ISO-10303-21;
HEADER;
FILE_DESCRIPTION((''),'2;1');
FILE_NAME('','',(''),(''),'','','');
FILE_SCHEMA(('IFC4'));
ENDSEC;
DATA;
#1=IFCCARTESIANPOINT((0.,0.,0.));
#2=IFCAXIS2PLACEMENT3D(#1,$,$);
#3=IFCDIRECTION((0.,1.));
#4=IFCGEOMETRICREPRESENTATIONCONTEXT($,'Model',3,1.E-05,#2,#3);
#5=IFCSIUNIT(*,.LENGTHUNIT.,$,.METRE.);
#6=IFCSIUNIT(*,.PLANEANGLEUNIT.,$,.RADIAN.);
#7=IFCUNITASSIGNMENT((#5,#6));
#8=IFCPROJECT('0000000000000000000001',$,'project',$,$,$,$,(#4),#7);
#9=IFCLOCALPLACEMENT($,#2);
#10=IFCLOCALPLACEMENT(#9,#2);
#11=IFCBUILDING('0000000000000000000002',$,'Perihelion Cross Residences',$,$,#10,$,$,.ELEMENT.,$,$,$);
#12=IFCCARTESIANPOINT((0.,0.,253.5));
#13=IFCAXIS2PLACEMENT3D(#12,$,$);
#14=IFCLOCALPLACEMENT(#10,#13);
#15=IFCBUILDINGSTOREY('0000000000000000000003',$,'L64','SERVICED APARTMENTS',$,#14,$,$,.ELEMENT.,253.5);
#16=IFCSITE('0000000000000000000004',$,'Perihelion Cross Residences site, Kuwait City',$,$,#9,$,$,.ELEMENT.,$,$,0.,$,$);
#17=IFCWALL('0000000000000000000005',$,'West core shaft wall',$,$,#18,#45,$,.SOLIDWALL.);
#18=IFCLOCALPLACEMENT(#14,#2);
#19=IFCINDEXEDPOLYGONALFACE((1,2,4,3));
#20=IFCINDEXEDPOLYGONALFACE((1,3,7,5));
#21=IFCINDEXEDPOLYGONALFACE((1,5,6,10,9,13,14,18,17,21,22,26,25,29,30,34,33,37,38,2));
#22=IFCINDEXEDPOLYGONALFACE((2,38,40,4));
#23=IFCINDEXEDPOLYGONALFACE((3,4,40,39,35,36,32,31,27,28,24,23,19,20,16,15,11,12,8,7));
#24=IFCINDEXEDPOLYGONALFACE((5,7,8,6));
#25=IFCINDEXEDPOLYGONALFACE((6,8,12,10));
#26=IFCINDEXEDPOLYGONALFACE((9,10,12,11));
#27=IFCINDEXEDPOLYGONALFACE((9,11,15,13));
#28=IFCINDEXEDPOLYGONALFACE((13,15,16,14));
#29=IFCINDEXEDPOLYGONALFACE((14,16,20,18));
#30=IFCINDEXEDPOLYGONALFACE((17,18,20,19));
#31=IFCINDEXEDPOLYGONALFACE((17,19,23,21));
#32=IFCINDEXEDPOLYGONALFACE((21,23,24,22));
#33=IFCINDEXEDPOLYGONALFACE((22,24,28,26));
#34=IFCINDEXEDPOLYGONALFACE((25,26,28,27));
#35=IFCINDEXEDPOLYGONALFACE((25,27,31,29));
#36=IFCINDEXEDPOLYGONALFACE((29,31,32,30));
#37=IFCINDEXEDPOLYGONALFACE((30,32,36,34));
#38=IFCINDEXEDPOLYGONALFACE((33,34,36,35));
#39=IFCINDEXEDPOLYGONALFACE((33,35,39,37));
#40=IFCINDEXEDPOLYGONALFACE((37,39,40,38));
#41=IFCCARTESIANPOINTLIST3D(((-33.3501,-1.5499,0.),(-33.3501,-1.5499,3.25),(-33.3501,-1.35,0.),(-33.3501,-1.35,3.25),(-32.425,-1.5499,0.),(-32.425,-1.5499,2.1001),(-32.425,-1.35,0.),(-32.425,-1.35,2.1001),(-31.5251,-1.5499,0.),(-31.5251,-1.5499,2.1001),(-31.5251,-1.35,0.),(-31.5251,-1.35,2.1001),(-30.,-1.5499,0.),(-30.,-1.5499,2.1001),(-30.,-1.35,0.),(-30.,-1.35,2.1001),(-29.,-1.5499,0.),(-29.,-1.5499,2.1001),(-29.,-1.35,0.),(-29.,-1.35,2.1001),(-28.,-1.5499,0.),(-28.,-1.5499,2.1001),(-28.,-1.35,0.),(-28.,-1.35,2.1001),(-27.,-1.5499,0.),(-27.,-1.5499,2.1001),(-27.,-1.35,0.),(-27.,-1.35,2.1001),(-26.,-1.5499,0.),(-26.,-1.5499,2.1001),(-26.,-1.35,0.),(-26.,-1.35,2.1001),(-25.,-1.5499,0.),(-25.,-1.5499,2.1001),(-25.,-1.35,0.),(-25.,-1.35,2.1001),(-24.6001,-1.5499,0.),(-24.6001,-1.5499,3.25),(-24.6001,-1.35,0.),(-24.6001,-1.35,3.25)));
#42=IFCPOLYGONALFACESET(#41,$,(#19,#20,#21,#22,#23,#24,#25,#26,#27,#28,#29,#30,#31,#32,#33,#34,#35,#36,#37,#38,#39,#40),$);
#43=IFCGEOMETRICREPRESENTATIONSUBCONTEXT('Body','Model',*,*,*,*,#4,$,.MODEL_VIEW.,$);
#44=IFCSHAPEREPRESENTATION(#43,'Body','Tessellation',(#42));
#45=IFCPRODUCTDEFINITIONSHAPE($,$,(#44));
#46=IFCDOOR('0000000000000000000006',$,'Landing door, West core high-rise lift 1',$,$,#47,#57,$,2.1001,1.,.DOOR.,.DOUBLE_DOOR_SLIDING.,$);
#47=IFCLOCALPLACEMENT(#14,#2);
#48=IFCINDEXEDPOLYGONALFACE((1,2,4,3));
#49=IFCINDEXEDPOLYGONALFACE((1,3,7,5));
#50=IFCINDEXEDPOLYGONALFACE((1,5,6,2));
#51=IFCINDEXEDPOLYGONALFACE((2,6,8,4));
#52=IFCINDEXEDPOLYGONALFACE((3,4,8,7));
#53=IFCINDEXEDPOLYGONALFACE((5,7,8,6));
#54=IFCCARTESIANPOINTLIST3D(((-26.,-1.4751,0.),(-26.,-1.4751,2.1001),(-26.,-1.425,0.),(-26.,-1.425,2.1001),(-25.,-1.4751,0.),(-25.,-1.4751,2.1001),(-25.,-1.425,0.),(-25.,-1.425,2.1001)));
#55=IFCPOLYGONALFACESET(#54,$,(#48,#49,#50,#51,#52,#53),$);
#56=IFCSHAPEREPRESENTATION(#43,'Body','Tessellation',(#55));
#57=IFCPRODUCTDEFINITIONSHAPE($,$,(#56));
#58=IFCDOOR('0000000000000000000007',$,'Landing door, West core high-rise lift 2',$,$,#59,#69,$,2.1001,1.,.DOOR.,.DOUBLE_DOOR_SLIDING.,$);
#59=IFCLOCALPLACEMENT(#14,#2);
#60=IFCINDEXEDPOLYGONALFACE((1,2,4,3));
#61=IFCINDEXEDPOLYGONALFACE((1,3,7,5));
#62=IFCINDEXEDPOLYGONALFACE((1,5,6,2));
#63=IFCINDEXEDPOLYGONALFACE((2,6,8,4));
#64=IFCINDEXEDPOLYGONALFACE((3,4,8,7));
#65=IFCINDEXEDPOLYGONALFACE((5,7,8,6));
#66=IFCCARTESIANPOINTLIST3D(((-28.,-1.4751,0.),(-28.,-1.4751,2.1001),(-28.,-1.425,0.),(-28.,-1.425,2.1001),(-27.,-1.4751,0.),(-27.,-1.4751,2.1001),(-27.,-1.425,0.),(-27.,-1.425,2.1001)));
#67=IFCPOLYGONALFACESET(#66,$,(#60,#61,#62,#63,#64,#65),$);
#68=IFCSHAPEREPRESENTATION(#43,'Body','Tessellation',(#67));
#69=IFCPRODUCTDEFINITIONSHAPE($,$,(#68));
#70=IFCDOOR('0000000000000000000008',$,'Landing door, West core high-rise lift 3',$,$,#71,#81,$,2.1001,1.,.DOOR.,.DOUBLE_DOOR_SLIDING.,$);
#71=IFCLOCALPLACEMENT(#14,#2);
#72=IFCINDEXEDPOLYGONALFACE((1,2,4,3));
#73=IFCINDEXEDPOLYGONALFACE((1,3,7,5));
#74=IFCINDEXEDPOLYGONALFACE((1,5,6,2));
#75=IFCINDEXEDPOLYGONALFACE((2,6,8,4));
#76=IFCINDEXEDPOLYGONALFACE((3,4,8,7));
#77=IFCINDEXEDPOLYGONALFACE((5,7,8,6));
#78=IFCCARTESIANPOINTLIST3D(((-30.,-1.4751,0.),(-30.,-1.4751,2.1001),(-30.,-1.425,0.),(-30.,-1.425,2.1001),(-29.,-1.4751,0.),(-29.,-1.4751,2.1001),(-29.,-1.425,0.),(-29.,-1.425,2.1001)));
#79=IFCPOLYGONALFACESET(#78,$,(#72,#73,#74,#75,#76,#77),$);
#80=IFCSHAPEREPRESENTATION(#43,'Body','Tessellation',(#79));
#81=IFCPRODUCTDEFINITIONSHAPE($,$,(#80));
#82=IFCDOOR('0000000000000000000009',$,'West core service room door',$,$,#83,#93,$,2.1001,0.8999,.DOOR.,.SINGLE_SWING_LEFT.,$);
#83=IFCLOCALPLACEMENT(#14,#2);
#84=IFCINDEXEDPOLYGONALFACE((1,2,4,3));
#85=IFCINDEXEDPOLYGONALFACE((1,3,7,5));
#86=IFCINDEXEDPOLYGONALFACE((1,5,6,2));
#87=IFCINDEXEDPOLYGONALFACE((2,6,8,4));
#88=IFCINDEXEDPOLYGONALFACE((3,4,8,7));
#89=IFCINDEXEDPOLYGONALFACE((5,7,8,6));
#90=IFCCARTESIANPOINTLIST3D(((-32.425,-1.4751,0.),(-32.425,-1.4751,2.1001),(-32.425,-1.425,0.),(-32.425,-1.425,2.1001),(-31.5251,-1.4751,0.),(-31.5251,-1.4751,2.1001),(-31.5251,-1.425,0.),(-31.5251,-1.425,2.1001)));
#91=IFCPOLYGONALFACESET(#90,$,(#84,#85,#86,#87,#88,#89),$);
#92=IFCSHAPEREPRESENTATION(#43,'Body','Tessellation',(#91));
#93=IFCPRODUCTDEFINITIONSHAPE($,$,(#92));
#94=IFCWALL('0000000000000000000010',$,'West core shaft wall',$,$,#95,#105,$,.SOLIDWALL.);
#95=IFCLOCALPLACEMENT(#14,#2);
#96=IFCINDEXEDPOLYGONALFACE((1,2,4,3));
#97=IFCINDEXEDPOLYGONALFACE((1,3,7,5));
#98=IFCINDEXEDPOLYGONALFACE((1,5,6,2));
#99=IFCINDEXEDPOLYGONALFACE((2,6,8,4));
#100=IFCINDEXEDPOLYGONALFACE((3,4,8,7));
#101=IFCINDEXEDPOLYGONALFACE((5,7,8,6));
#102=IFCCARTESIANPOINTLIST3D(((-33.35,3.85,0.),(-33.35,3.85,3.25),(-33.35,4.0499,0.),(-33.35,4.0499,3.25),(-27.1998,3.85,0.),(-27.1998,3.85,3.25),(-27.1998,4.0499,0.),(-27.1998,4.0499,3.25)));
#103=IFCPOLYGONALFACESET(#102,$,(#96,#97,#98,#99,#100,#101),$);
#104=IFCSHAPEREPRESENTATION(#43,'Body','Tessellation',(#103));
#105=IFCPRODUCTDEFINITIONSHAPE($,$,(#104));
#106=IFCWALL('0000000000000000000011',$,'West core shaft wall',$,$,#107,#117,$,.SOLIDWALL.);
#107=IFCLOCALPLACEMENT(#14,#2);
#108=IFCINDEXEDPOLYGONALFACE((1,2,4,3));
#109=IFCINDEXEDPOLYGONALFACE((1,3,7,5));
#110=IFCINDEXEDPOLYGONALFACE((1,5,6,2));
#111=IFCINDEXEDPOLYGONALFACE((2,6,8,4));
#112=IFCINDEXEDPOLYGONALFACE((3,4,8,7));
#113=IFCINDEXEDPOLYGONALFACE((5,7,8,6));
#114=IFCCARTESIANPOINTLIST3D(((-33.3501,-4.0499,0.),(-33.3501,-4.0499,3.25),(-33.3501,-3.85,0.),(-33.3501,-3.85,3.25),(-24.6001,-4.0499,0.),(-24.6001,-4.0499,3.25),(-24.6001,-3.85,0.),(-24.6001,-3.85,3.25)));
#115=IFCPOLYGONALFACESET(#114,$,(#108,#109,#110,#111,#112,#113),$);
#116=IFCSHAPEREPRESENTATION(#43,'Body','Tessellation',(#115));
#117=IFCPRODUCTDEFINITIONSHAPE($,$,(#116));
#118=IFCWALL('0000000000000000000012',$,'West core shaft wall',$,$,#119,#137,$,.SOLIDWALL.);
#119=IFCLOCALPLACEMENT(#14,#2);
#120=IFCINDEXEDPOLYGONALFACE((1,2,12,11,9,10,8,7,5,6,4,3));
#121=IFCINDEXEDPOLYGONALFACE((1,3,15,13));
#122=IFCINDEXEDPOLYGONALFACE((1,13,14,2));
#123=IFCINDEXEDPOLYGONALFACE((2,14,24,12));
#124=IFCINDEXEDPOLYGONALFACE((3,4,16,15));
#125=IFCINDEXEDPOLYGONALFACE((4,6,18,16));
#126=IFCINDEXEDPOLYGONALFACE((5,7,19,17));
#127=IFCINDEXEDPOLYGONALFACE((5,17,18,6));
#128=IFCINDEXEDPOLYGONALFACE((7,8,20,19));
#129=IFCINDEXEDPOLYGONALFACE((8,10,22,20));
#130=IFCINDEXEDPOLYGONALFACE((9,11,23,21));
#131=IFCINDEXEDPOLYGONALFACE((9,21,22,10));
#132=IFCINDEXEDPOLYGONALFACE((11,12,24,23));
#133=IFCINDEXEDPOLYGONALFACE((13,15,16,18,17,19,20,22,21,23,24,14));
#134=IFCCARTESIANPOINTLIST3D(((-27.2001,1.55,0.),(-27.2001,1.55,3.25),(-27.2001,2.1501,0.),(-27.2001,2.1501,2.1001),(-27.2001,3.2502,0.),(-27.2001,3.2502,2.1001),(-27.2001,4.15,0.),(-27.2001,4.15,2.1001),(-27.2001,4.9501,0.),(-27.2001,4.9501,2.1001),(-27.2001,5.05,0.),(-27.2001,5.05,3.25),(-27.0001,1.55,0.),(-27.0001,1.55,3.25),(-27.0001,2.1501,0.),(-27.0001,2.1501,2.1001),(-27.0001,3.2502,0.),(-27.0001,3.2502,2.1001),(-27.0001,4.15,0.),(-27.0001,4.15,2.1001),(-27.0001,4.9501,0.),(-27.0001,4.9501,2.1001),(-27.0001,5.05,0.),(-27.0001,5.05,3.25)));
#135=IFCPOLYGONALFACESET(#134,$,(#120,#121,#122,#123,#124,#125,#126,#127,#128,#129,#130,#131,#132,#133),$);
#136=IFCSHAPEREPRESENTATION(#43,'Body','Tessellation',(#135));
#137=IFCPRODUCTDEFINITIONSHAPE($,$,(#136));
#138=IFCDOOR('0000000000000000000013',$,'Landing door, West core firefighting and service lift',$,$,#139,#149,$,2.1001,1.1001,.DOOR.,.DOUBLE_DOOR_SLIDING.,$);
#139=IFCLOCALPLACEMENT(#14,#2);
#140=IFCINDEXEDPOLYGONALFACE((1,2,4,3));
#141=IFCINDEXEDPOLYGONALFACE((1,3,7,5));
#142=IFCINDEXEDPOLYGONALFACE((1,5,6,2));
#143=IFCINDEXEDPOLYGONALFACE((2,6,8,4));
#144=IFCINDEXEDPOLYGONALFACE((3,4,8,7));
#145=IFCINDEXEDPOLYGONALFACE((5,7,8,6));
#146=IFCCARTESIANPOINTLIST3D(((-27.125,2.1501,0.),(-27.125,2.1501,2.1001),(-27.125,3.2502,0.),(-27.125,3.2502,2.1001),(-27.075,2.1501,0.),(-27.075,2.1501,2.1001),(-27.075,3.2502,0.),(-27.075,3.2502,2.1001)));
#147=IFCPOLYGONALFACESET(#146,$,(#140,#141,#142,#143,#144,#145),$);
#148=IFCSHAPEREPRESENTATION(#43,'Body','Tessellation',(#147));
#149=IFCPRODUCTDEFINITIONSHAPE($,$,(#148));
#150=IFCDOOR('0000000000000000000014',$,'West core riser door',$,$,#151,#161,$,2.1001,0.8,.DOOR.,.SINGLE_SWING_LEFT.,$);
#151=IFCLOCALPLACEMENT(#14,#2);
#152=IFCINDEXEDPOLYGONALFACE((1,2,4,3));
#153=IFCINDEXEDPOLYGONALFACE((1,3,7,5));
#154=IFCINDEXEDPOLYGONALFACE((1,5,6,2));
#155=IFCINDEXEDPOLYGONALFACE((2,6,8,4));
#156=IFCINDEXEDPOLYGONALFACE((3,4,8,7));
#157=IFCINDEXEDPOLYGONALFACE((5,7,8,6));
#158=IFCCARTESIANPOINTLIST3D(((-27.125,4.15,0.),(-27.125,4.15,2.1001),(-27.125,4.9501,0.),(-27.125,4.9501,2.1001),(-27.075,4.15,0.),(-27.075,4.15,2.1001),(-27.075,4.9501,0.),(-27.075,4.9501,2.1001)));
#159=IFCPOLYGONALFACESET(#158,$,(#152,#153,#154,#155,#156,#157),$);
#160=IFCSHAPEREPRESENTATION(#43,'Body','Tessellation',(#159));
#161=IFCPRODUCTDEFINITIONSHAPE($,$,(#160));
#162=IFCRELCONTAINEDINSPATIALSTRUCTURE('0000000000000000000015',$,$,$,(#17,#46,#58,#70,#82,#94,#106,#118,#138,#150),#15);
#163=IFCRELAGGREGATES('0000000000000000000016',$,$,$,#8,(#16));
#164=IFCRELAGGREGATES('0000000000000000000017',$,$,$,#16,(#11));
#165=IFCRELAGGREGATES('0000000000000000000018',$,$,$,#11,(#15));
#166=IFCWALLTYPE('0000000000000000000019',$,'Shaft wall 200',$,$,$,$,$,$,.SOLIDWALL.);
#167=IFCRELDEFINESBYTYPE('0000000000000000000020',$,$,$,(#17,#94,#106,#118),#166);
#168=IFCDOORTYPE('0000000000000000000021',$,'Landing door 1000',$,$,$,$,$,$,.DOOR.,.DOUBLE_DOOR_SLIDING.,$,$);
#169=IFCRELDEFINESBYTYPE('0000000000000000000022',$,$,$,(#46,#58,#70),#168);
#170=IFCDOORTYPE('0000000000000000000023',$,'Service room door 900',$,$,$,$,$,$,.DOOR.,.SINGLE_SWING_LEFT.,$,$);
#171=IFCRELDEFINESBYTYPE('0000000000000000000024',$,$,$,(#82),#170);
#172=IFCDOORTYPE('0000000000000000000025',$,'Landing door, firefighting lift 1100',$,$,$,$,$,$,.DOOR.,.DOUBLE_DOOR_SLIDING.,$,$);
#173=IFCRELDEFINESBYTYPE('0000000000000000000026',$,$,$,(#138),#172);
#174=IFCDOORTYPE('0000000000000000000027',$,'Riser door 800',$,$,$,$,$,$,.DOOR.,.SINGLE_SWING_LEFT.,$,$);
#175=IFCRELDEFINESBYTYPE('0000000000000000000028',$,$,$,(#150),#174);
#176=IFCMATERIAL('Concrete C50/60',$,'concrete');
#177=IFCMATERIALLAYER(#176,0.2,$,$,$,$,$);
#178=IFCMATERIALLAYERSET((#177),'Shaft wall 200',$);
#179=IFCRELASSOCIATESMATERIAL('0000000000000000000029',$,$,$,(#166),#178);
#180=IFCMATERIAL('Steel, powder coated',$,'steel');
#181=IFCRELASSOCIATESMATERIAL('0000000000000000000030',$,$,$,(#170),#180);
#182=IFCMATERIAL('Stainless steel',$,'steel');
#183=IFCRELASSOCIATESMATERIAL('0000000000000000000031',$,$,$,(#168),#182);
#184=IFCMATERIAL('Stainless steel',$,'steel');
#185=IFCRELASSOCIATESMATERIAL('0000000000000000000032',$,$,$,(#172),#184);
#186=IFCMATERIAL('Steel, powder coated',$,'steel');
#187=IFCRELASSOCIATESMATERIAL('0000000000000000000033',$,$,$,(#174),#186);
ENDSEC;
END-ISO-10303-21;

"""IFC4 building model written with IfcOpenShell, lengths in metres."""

from ifc_helpers import new_model, si_unit, direction, frame, frame_2d, origin, place, context, subcontext, project, spatial, rectangle, extrude, material, layer, layer_set, type_object, element, fill, save


model = new_model("IFC4")

# Units and contexts
model_context = context("Model", 3, precision=1e-05, world=origin(), true_north=direction((0.0, 1.0)))
body_context = subcontext(model_context, "Body", "Model", "MODEL_VIEW")
ifc_project = project(units=[si_unit("LENGTHUNIT", "METRE"), si_unit("PLANEANGLEUNIT", "RADIAN")], contexts=[model_context])

# Site, building, storey
site_placement = place(None, origin())
site = spatial("IfcSite", under=ifc_project, at=site_placement, Name="Perihelion Cross Residences site, Kuwait City", CompositionType="ELEMENT", RefElevation=0.0)
building_placement = place(site_placement, origin())
building = spatial("IfcBuilding", under=site, at=building_placement, Name="Perihelion Cross Residences", CompositionType="ELEMENT")
storey_placement = place(building_placement, frame((0.0, 0.0, 253.5)))
storey = spatial("IfcBuildingStorey", under=building, at=storey_placement, Name="L64", Description="SERVICED APARTMENTS", CompositionType="ELEMENT", Elevation=253.5)

# Wall, openings, doors
ifc_material_1 = material(Name="Concrete C50/60", Category="concrete")
ifc_layer_1 = layer(ifc_material_1, 0.2)
ifc_layer_set_1 = layer_set([ifc_layer_1], Name="Shaft wall 200")
wall_type_1 = type_object("IfcWallType", Name="Shaft wall 200", PredefinedType="SOLIDWALL", material=ifc_layer_set_1)
ifc_material_2 = material(Name="Steel, powder coated", Category="steel")
door_type_1 = type_object("IfcDoorType", Name="Service room door 900", OperationType="SINGLE_SWING_LEFT", PredefinedType="DOOR", material=ifc_material_2)
wall_1_placement = place(storey_placement, frame((-33.3501, -1.45, 0.0), z_axis=(0.0, 0.0, 1.0), x_axis=(1.0, 0.0, 0.0)))
wall_1 = element("IfcWall", 1, at=wall_1_placement, inside=storey, type_object=wall_type_1, Name="West core shaft wall", PredefinedType="SOLIDWALL", context=body_context, shape_type="SweptSolid", body=[
    extrude(rectangle(XDim=8.75, YDim=0.2, at=frame_2d((4.375, 0.0))), origin(), (0.0, 0.0, 1.0), 3.25),
])
opening_1_placement = place(wall_1_placement, frame((7.3501, 0.0, 0.0)))
opening_1 = element("IfcOpeningElement", 2, at=opening_1_placement, cuts=wall_1, PredefinedType="OPENING", context=body_context, shape_type="SweptSolid", body=[
    extrude(rectangle(XDim=1.0, YDim=2.1001, at=frame_2d((0.5, 1.05))), frame((0.0, 0.1099, 0.0), z_axis=(0.0, -1.0, 0.0), x_axis=(1.0, 0.0, 0.0)), (0.0, 0.0, 1.0), 0.22),
])
opening_2_placement = place(wall_1_placement, frame((5.3501, 0.0, 0.0)))
opening_2 = element("IfcOpeningElement", 3, at=opening_2_placement, cuts=wall_1, PredefinedType="OPENING", context=body_context, shape_type="SweptSolid", body=[
    extrude(rectangle(XDim=1.0, YDim=2.1001, at=frame_2d((0.5, 1.05))), frame((0.0, 0.1099, 0.0), z_axis=(0.0, -1.0, 0.0), x_axis=(1.0, 0.0, 0.0)), (0.0, 0.0, 1.0), 0.22),
])
opening_3_placement = place(wall_1_placement, frame((3.3501, 0.0, 0.0)))
opening_3 = element("IfcOpeningElement", 4, at=opening_3_placement, cuts=wall_1, PredefinedType="OPENING", context=body_context, shape_type="SweptSolid", body=[
    extrude(rectangle(XDim=1.0, YDim=2.1001, at=frame_2d((0.5, 1.05))), frame((0.0, 0.1099, 0.0), z_axis=(0.0, -1.0, 0.0), x_axis=(1.0, 0.0, 0.0)), (0.0, 0.0, 1.0), 0.22),
])
opening_4_placement = place(wall_1_placement, frame((0.925, 0.0, 0.0)))
opening_4 = element("IfcOpeningElement", 5, at=opening_4_placement, cuts=wall_1, PredefinedType="OPENING", context=body_context, shape_type="SweptSolid", body=[
    extrude(rectangle(XDim=0.8999, YDim=2.1001, at=frame_2d((0.45, 1.05))), frame((0.0, 0.1099, 0.0), z_axis=(0.0, -1.0, 0.0), x_axis=(1.0, 0.0, 0.0)), (0.0, 0.0, 1.0), 0.22),
])
ifc_material_3 = material(Name="Stainless steel", Category="steel")
door_type_2 = type_object("IfcDoorType", Name="Landing door 1000", OperationType="DOUBLE_DOOR_SLIDING", PredefinedType="DOOR", material=ifc_material_3)
door_1_placement = place(opening_1_placement, origin())
door_1 = element("IfcDoor", 6, at=door_1_placement, inside=storey, type_object=door_type_2, Name="Landing door, West core high-rise lift 1", OperationType="DOUBLE_DOOR_SLIDING", OverallHeight=2.1001, OverallWidth=1.0, PredefinedType="DOOR", context=body_context, shape_type="SweptSolid", body=[
    extrude(rectangle(XDim=1.0, YDim=2.1001, at=frame_2d((0.5, 1.05))), frame((0.0, 0.0249, 0.0), z_axis=(0.0, -1.0, 0.0), x_axis=(1.0, 0.0, 0.0)), (0.0, 0.0, 1.0), 0.05),
])
fill(opening_1, door_1)
door_2_placement = place(opening_2_placement, origin())
door_2 = element("IfcDoor", 7, at=door_2_placement, inside=storey, type_object=door_type_2, Name="Landing door, West core high-rise lift 2", OperationType="DOUBLE_DOOR_SLIDING", OverallHeight=2.1001, OverallWidth=1.0, PredefinedType="DOOR", context=body_context, shape_type="SweptSolid", body=[
    extrude(rectangle(XDim=1.0, YDim=2.1001, at=frame_2d((0.5, 1.05))), frame((0.0, 0.0249, 0.0), z_axis=(0.0, -1.0, 0.0), x_axis=(1.0, 0.0, 0.0)), (0.0, 0.0, 1.0), 0.05),
])
fill(opening_2, door_2)
door_3_placement = place(opening_3_placement, origin())
door_3 = element("IfcDoor", 8, at=door_3_placement, inside=storey, type_object=door_type_2, Name="Landing door, West core high-rise lift 3", OperationType="DOUBLE_DOOR_SLIDING", OverallHeight=2.1001, OverallWidth=1.0, PredefinedType="DOOR", context=body_context, shape_type="SweptSolid", body=[
    extrude(rectangle(XDim=1.0, YDim=2.1001, at=frame_2d((0.5, 1.05))), frame((0.0, 0.0249, 0.0), z_axis=(0.0, -1.0, 0.0), x_axis=(1.0, 0.0, 0.0)), (0.0, 0.0, 1.0), 0.05),
])
fill(opening_3, door_3)
door_4_placement = place(opening_4_placement, origin())
door_4 = element("IfcDoor", 9, at=door_4_placement, inside=storey, type_object=door_type_1, Name="West core service room door", OperationType="SINGLE_SWING_LEFT", OverallHeight=2.1001, OverallWidth=0.8999, PredefinedType="DOOR", context=body_context, shape_type="SweptSolid", body=[
    extrude(rectangle(XDim=0.8999, YDim=2.1001, at=frame_2d((0.45, 1.05))), frame((0.0, 0.0249, 0.0), z_axis=(0.0, -1.0, 0.0), x_axis=(1.0, 0.0, 0.0)), (0.0, 0.0, 1.0), 0.05),
])
fill(opening_4, door_4)

# Walls
wall_2_placement = place(storey_placement, frame((-33.3501, 3.95, 0.0), z_axis=(0.0, 0.0, 1.0), x_axis=(1.0, 0.0, 0.0)))
element("IfcWall", 10, at=wall_2_placement, inside=storey, type_object=wall_type_1, Name="West core shaft wall", PredefinedType="SOLIDWALL", context=body_context, shape_type="SweptSolid", body=[
    extrude(rectangle(XDim=6.1501, YDim=0.2, at=frame_2d((3.0752, 0.0))), origin(), (0.0, 0.0, 1.0), 3.25),
])
wall_3_placement = place(storey_placement, frame((-33.3501, -3.95, 0.0), z_axis=(0.0, 0.0, 1.0), x_axis=(1.0, 0.0, 0.0)))
element("IfcWall", 11, at=wall_3_placement, inside=storey, type_object=wall_type_1, Name="West core shaft wall", PredefinedType="SOLIDWALL", context=body_context, shape_type="SweptSolid", body=[
    extrude(rectangle(XDim=8.75, YDim=0.2, at=frame_2d((4.375, 0.0))), origin(), (0.0, 0.0, 1.0), 3.25),
])

# Wall, openings, doors
wall_4_placement = place(storey_placement, frame((-27.1001, 1.55, 0.0), z_axis=(0.0, 0.0, 1.0), x_axis=(0.0, 1.0, 0.0)))
wall_4 = element("IfcWall", 12, at=wall_4_placement, inside=storey, type_object=wall_type_1, Name="West core shaft wall", PredefinedType="SOLIDWALL", context=body_context, shape_type="SweptSolid", body=[
    extrude(rectangle(XDim=3.5, YDim=0.2, at=frame_2d((1.75, 0.0))), origin(), (0.0, 0.0, 1.0), 3.25),
])
opening_5_placement = place(wall_4_placement, frame((0.6001, 0.0, 0.0)))
opening_5 = element("IfcOpeningElement", 13, at=opening_5_placement, cuts=wall_4, PredefinedType="OPENING", context=body_context, shape_type="SweptSolid", body=[
    extrude(rectangle(XDim=1.1001, YDim=2.1001, at=frame_2d((0.55, 1.05))), frame((0.0, 0.1099, 0.0), z_axis=(0.0, -1.0, 0.0), x_axis=(1.0, 0.0, 0.0)), (0.0, 0.0, 1.0), 0.22),
])
opening_6_placement = place(wall_4_placement, frame((2.6001, 0.0, 0.0)))
opening_6 = element("IfcOpeningElement", 14, at=opening_6_placement, cuts=wall_4, PredefinedType="OPENING", context=body_context, shape_type="SweptSolid", body=[
    extrude(rectangle(XDim=0.8, YDim=2.1001, at=frame_2d((0.3999, 1.05))), frame((0.0, 0.1099, 0.0), z_axis=(0.0, -1.0, 0.0), x_axis=(1.0, 0.0, 0.0)), (0.0, 0.0, 1.0), 0.22),
])
ifc_material_4 = material(Name="Stainless steel", Category="steel")
door_type_3 = type_object("IfcDoorType", Name="Landing door, firefighting lift 1100", OperationType="DOUBLE_DOOR_SLIDING", PredefinedType="DOOR", material=ifc_material_4)
door_5_placement = place(opening_5_placement, origin())
door_5 = element("IfcDoor", 15, at=door_5_placement, inside=storey, type_object=door_type_3, Name="Landing door, West core firefighting and service lift", OperationType="DOUBLE_DOOR_SLIDING", OverallHeight=2.1001, OverallWidth=1.1001, PredefinedType="DOOR", context=body_context, shape_type="SweptSolid", body=[
    extrude(rectangle(XDim=1.1001, YDim=2.1001, at=frame_2d((0.55, 1.05))), frame((0.0, 0.0249, 0.0), z_axis=(0.0, -1.0, 0.0), x_axis=(1.0, 0.0, 0.0)), (0.0, 0.0, 1.0), 0.05),
])
fill(opening_5, door_5)
ifc_material_5 = material(Name="Steel, powder coated", Category="steel")
door_type_4 = type_object("IfcDoorType", Name="Riser door 800", OperationType="SINGLE_SWING_LEFT", PredefinedType="DOOR", material=ifc_material_5)
door_6_placement = place(opening_6_placement, origin())
door_6 = element("IfcDoor", 16, at=door_6_placement, inside=storey, type_object=door_type_4, Name="West core riser door", OperationType="SINGLE_SWING_LEFT", OverallHeight=2.1001, OverallWidth=0.8, PredefinedType="DOOR", context=body_context, shape_type="SweptSolid", body=[
    extrude(rectangle(XDim=0.8, YDim=2.1001, at=frame_2d((0.3999, 1.05))), frame((0.0, 0.0249, 0.0), z_axis=(0.0, -1.0, 0.0), x_axis=(1.0, 0.0, 0.0)), (0.0, 0.0, 1.0), 0.05),
])
fill(opening_6, door_6)

save(model, "model.ifc")
